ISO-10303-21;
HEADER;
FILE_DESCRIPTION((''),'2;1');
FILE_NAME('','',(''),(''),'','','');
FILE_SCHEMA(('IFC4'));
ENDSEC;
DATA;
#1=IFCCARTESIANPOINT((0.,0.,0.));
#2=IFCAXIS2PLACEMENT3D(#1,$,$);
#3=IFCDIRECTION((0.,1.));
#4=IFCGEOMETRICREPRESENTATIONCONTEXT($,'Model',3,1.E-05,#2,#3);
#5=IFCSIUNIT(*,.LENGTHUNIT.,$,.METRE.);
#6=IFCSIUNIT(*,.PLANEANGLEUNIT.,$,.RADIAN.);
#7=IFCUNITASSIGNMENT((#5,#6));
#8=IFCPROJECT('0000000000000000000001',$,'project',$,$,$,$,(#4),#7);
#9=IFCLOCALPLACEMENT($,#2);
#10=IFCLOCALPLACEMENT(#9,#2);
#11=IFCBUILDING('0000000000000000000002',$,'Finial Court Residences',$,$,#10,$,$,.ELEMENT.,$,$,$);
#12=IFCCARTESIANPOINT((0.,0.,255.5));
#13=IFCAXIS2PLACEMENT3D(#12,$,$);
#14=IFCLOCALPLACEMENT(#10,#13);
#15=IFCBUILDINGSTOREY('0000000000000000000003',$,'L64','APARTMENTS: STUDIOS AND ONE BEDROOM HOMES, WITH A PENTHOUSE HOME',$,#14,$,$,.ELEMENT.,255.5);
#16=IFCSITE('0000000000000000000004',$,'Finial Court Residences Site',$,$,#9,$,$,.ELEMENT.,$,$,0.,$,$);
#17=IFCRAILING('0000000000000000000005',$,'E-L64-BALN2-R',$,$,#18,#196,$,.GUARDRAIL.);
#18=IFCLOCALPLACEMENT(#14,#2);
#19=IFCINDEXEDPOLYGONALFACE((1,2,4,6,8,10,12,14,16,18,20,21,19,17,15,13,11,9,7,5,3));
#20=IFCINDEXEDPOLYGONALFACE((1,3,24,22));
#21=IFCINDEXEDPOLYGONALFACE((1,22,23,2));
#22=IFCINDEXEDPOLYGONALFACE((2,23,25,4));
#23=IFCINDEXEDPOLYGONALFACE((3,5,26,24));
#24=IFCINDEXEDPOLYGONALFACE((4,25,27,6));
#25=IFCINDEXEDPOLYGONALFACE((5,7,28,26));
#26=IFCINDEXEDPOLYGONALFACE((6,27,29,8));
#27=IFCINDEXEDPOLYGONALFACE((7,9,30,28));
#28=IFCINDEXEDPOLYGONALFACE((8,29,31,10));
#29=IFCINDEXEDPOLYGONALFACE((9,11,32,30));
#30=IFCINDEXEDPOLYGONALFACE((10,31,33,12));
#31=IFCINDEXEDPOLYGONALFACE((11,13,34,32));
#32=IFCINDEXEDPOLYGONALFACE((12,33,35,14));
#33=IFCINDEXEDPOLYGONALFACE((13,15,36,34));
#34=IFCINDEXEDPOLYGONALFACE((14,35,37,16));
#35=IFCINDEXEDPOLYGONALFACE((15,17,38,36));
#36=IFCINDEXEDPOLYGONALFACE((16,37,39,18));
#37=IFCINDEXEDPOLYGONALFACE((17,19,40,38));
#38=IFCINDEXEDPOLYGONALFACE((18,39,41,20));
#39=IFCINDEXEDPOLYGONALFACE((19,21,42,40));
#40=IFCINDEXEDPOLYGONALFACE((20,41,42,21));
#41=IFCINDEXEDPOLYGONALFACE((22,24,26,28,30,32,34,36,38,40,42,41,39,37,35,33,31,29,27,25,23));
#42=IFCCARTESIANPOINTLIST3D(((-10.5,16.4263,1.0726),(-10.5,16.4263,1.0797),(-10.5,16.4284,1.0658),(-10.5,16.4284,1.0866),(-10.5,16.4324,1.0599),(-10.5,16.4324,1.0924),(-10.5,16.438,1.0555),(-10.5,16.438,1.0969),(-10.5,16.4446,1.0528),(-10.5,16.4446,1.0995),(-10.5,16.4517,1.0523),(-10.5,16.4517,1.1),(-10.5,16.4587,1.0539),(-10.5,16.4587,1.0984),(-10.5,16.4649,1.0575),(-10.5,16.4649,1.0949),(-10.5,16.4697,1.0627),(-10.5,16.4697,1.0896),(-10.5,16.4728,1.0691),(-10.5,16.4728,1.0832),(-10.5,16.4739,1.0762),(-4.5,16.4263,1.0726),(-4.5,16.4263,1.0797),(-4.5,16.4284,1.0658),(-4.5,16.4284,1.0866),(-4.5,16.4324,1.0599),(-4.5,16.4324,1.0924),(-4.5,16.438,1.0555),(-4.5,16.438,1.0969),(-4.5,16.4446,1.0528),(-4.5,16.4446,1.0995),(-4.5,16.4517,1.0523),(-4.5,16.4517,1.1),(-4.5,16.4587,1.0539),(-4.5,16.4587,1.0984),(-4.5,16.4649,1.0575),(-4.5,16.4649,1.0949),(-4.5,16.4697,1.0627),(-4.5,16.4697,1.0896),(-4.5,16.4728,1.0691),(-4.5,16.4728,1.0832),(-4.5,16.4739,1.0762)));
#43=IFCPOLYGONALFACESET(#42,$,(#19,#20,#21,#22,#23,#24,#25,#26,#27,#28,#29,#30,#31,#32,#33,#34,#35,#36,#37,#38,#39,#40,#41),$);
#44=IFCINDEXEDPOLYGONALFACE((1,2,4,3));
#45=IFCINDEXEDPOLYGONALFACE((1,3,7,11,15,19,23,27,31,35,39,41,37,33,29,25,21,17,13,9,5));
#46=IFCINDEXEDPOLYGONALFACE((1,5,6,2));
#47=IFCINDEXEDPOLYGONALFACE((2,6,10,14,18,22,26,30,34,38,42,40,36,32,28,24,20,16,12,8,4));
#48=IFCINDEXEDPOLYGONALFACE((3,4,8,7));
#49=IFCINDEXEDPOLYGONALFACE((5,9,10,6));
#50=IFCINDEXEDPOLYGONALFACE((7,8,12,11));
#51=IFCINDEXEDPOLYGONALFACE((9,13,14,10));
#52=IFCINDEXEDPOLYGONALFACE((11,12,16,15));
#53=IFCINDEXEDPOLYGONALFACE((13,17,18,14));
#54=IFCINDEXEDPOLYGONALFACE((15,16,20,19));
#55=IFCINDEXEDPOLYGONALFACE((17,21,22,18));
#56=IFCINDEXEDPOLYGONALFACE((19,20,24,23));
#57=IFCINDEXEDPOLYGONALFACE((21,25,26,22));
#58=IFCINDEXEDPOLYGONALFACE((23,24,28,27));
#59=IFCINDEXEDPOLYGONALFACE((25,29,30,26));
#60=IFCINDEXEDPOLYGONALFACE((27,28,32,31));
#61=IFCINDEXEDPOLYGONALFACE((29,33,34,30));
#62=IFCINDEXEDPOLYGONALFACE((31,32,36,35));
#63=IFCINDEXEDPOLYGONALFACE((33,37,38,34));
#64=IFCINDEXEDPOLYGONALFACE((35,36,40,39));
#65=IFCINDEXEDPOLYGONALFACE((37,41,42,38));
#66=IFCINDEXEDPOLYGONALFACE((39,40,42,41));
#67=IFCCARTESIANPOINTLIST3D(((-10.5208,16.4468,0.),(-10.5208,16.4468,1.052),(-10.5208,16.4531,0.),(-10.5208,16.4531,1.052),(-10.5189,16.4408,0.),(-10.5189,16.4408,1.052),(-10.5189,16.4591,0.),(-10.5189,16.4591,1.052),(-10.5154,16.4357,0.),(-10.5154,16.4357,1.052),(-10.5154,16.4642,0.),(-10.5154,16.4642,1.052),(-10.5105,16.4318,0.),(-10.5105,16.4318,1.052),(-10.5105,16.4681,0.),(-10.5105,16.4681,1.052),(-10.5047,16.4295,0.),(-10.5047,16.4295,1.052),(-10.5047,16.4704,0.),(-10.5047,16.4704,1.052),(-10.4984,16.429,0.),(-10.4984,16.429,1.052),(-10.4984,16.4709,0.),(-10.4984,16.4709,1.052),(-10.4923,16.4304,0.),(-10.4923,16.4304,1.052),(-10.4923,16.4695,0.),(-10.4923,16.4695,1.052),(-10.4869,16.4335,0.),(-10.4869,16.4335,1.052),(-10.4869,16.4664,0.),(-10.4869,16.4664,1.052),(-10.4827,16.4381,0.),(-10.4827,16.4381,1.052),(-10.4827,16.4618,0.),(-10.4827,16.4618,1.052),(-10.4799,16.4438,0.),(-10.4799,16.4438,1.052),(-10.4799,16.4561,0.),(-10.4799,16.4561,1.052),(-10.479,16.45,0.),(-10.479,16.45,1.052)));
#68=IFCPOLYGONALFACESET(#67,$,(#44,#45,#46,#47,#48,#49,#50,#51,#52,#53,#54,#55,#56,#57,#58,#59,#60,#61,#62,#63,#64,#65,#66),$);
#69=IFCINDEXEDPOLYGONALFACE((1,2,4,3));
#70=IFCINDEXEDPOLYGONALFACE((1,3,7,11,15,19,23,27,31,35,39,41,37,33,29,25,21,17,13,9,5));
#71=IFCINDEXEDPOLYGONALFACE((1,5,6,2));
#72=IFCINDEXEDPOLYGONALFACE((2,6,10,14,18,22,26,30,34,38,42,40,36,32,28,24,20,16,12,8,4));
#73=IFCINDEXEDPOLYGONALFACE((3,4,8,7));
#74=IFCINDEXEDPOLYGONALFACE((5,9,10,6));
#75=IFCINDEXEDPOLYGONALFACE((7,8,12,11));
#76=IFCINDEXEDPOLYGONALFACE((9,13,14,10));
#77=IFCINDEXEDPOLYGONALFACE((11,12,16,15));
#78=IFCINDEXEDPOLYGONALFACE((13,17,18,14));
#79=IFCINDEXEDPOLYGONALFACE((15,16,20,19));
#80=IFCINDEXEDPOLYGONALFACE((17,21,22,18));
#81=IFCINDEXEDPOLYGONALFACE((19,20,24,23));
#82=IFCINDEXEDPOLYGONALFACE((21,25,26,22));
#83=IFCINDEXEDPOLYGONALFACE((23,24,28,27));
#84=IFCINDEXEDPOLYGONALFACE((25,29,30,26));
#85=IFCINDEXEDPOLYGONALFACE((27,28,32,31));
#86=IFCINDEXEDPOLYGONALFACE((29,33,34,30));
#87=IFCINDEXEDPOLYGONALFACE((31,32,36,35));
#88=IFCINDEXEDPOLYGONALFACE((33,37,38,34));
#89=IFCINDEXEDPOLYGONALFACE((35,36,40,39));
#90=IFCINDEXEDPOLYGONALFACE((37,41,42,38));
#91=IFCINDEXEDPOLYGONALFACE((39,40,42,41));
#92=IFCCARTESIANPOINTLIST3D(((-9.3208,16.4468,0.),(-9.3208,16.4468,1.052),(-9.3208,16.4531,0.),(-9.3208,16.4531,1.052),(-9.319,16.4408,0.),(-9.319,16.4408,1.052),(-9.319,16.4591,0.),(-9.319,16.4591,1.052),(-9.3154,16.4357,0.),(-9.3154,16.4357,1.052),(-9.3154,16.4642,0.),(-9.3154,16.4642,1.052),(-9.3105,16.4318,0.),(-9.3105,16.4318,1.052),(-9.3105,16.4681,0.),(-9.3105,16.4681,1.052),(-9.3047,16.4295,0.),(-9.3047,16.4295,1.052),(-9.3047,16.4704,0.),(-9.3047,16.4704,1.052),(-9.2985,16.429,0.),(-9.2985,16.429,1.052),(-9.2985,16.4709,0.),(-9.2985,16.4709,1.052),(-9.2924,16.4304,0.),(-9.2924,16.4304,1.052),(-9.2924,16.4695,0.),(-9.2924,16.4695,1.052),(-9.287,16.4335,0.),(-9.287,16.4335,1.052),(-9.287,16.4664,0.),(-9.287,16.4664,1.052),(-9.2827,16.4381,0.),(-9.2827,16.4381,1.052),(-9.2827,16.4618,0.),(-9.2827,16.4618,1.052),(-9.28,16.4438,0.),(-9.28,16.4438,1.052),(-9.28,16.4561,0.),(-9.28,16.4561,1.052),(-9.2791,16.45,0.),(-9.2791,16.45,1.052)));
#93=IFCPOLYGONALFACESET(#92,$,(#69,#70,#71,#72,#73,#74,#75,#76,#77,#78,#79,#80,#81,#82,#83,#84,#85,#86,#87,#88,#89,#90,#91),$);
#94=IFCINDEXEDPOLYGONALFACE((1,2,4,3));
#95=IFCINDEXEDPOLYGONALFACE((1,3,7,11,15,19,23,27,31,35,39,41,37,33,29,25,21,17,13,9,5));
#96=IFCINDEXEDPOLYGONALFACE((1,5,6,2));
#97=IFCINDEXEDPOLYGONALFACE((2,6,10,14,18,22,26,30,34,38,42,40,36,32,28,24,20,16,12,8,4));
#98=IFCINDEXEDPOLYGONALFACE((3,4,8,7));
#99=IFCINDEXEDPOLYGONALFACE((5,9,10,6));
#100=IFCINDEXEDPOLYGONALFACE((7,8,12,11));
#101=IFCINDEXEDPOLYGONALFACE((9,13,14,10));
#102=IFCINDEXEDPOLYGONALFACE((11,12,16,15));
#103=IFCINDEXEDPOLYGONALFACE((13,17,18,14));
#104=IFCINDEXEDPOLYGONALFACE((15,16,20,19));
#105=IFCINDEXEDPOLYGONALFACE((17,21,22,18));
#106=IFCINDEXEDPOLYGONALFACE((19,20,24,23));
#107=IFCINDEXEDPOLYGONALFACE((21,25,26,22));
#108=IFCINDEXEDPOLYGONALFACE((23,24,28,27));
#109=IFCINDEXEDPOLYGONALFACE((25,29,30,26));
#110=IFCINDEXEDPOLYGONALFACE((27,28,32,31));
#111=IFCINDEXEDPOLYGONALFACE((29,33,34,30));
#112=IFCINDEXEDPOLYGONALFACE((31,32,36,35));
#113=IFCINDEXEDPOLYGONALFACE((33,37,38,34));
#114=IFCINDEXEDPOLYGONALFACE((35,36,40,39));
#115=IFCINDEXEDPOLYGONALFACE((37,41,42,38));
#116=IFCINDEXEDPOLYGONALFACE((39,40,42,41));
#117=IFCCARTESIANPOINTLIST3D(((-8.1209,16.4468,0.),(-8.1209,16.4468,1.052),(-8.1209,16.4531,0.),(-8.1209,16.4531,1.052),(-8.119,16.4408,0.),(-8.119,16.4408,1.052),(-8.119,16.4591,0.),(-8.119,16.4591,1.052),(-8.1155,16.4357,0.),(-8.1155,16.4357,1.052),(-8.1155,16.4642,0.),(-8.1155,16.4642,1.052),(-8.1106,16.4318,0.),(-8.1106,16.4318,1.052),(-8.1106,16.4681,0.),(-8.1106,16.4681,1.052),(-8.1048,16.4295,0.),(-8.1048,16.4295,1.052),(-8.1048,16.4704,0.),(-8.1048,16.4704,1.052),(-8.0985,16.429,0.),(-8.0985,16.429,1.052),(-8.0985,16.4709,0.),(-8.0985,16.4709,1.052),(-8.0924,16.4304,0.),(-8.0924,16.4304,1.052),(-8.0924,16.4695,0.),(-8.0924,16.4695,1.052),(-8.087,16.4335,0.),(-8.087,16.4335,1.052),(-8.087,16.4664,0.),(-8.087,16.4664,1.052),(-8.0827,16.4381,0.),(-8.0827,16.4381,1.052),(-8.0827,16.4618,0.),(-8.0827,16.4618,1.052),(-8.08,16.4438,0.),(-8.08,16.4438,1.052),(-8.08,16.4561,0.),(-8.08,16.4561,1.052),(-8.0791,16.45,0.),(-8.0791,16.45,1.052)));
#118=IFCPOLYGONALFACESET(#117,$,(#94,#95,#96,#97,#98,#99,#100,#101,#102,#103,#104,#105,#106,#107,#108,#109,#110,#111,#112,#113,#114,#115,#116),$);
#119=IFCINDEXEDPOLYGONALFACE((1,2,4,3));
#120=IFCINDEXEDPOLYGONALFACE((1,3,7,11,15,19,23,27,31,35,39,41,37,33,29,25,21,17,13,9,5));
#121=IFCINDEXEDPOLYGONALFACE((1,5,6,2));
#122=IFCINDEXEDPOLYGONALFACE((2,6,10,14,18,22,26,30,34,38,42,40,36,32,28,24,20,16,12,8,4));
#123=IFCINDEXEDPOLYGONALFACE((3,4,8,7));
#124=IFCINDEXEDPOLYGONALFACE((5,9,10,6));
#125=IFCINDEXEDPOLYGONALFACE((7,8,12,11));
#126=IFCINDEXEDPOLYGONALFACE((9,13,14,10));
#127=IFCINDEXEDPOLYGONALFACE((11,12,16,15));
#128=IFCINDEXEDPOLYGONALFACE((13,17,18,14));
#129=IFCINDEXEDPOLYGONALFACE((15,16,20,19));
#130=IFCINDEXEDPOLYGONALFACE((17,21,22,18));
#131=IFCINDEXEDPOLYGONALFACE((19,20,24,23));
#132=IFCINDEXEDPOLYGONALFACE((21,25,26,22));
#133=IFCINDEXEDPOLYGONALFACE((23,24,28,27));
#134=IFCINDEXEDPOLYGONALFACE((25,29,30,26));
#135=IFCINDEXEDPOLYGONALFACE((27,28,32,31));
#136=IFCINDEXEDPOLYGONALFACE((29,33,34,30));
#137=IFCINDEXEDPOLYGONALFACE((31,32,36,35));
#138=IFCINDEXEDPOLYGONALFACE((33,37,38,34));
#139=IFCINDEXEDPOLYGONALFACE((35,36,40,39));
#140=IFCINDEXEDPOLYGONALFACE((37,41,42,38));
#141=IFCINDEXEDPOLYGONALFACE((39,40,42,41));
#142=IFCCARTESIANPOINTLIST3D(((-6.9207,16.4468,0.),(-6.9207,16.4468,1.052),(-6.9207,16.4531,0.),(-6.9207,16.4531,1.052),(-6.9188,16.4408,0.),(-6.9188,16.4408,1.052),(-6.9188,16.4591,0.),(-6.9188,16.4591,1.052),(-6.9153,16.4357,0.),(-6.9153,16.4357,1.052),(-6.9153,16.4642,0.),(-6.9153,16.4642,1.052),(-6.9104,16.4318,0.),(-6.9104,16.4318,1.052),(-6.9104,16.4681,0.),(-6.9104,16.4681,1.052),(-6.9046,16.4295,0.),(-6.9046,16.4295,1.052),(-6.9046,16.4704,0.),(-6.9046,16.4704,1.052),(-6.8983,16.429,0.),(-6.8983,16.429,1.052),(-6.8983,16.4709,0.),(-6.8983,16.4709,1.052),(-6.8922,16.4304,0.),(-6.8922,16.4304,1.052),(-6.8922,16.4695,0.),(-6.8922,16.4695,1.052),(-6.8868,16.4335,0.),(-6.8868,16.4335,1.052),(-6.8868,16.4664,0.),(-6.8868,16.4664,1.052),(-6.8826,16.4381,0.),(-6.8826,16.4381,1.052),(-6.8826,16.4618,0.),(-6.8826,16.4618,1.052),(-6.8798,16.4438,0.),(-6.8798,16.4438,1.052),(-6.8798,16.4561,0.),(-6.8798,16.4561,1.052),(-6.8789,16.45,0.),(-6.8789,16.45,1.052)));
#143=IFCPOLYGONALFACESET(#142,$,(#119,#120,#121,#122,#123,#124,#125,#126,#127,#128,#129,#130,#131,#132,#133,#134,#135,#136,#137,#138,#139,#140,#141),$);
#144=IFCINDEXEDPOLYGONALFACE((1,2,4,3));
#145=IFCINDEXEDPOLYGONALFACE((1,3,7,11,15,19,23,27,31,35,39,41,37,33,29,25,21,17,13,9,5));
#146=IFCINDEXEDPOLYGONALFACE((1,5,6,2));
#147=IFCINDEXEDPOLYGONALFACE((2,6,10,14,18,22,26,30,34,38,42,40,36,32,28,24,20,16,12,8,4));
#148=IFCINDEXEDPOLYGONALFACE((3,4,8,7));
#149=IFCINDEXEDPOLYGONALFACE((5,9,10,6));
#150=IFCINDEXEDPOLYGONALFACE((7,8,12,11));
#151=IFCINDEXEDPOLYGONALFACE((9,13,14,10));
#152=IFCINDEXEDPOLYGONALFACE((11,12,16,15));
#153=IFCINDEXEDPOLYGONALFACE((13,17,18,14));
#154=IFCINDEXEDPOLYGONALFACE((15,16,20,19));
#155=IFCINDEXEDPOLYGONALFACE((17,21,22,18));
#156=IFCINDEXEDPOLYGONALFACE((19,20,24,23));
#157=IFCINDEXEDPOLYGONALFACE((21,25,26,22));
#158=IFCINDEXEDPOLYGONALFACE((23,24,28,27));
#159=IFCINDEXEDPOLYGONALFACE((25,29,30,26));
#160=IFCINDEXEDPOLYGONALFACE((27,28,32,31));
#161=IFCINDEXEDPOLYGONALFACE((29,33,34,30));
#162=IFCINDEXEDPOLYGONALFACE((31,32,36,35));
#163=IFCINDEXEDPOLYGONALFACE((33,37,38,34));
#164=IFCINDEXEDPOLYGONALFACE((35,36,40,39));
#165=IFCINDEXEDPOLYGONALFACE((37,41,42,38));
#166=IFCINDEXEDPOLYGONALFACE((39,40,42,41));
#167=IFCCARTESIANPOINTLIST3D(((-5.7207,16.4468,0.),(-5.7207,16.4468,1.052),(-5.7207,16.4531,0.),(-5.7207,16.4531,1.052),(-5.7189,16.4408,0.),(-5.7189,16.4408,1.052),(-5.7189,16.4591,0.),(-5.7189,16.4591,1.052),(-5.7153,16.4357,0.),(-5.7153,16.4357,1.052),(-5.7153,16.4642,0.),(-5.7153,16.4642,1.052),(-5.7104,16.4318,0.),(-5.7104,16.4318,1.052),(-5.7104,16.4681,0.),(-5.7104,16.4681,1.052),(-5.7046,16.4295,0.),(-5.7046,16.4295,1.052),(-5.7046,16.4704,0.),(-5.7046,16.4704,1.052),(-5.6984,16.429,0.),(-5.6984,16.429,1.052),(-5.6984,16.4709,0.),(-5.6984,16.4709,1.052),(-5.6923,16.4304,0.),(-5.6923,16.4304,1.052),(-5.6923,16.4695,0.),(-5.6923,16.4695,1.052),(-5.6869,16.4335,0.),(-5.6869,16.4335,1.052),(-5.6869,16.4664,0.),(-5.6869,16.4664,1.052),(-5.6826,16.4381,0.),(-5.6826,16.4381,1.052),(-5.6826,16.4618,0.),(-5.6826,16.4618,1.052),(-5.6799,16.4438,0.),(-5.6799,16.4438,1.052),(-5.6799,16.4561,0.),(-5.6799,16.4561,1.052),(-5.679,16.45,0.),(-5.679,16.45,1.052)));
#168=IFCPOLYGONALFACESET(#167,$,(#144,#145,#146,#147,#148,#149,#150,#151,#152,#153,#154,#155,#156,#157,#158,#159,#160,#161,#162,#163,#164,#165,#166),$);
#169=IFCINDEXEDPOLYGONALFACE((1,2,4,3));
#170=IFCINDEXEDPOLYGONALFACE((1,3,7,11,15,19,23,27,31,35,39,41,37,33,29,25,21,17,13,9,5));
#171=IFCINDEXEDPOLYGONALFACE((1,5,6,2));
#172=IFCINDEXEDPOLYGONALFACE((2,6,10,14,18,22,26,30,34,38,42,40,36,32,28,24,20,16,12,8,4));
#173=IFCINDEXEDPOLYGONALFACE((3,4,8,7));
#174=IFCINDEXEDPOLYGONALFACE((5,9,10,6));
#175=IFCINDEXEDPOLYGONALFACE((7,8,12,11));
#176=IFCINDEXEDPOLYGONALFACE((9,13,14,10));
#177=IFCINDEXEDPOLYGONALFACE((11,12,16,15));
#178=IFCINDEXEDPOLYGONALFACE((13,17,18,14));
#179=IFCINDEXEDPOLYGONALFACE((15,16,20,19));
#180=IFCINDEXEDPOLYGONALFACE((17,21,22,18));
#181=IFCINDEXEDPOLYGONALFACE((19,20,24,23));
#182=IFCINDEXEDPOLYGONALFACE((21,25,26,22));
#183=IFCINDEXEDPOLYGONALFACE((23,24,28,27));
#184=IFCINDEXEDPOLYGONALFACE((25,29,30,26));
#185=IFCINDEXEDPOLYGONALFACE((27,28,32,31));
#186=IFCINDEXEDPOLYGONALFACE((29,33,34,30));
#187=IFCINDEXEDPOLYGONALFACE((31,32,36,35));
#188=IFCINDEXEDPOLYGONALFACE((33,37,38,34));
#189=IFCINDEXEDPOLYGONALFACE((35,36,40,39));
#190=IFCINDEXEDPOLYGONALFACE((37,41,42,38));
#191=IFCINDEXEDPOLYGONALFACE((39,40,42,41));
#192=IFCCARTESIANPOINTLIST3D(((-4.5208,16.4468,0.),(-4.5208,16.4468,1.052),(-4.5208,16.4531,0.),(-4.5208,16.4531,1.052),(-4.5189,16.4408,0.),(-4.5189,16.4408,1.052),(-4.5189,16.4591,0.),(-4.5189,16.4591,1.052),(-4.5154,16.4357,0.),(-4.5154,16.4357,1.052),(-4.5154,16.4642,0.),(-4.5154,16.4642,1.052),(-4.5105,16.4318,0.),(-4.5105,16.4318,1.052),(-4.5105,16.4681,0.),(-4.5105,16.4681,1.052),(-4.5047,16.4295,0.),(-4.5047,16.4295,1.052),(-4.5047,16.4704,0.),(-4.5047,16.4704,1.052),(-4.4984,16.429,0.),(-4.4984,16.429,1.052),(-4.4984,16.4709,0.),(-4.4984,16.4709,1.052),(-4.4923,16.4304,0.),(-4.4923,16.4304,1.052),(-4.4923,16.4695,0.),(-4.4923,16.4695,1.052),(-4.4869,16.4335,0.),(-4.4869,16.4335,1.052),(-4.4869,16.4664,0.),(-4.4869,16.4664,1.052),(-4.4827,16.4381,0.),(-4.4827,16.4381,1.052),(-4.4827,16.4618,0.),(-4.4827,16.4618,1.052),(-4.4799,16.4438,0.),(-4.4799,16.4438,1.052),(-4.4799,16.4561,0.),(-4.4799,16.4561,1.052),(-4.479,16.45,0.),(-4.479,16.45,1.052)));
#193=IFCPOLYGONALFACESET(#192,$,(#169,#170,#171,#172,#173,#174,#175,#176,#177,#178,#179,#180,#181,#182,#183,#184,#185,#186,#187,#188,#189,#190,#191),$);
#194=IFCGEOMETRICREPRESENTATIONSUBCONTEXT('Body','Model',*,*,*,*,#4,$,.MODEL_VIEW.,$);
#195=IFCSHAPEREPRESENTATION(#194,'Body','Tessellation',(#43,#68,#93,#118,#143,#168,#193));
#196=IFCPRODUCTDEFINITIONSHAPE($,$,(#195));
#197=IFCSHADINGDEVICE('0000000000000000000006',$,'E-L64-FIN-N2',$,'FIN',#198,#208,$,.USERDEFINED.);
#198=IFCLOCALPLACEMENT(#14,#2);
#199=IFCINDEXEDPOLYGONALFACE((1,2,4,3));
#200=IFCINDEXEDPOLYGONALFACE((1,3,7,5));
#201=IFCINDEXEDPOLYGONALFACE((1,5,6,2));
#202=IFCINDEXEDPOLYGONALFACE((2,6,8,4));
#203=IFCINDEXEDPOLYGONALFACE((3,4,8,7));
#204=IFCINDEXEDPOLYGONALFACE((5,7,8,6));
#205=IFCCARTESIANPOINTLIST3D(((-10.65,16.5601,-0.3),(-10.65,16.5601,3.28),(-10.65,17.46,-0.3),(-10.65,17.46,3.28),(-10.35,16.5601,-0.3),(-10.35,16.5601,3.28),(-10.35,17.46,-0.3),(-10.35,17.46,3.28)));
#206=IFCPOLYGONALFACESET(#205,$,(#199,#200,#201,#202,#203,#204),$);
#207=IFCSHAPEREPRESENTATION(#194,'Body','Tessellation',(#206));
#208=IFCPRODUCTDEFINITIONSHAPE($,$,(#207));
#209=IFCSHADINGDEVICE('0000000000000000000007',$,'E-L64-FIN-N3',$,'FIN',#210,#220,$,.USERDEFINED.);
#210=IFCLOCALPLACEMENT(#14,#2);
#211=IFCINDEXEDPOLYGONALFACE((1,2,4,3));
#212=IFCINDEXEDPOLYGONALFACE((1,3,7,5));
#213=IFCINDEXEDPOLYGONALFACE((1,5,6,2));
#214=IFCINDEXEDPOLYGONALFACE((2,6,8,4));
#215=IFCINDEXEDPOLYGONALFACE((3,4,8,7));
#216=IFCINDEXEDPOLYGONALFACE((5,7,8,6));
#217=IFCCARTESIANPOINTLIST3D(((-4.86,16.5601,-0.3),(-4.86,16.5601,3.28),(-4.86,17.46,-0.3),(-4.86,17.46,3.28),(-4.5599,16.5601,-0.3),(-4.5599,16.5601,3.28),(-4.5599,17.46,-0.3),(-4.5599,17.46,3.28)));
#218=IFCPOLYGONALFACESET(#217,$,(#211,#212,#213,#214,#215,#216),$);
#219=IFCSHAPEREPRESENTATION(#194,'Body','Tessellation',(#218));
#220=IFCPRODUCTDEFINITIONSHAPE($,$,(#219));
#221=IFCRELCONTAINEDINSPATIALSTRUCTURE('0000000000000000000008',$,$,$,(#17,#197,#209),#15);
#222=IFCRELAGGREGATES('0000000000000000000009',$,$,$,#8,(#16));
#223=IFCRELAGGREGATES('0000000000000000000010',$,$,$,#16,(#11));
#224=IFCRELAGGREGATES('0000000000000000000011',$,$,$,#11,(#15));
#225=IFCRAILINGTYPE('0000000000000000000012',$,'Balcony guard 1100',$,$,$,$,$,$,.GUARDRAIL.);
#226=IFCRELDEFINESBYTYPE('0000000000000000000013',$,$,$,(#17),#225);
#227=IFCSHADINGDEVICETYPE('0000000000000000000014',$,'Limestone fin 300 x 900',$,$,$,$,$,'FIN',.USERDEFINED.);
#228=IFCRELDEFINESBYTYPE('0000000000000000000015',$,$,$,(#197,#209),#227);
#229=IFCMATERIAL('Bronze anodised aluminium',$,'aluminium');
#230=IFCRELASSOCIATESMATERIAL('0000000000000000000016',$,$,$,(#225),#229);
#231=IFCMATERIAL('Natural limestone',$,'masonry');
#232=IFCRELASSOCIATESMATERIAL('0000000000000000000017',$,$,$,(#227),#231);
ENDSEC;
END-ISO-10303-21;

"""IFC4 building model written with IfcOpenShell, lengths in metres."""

from ifc_helpers import new_model, si_unit, direction, frame, origin, origin_2d, place, context, subcontext, project, spatial, rectangle, circle, extrude, material, type_object, element, save


model = new_model("IFC4")

# Units and contexts
model_context = context("Model", 3, precision=1e-05, world=origin(), true_north=direction((0.0, 1.0)))
body_context = subcontext(model_context, "Body", "Model", "MODEL_VIEW")
ifc_project = project(units=[si_unit("LENGTHUNIT", "METRE"), si_unit("PLANEANGLEUNIT", "RADIAN")], contexts=[model_context])

# Site, building, storey
site_placement = place(None, origin())
site = spatial("IfcSite", under=ifc_project, at=site_placement, Name="Finial Court Residences Site", CompositionType="ELEMENT", RefElevation=0.0)
building_placement = place(site_placement, origin())
building = spatial("IfcBuilding", under=site, at=building_placement, Name="Finial Court Residences", CompositionType="ELEMENT")
storey_placement = place(building_placement, frame((0.0, 0.0, 255.5)))
storey = spatial("IfcBuildingStorey", under=building, at=storey_placement, Name="L64", Description="APARTMENTS: STUDIOS AND ONE BEDROOM HOMES, WITH A PENTHOUSE HOME", CompositionType="ELEMENT", Elevation=255.5)

# Shared definitions
ifc_material_1 = material(Name="Bronze anodised aluminium", Category="aluminium")

# Shared definitions
ifc_material_2 = material(Name="Natural limestone", Category="masonry")

# Railing
railing_type = type_object("IfcRailingType", Name="Balcony guard 1100", PredefinedType="GUARDRAIL", material=ifc_material_1)
railing_placement = place(storey_placement, frame((-10.5, 16.45, 0.0)))
element("IfcRailing", 1, at=railing_placement, inside=storey, type_object=railing_type, Name="E-L64-BALN2-R", PredefinedType="GUARDRAIL", context=body_context, shape_type="SweptSolid", body=[
    extrude(circle(Radius=0.0239, at=origin_2d()), frame((0.0, 0.0, 1.0762), z_axis=(1.0, 0.0, 0.0), x_axis=(0.0, 1.0, 0.0)), (0.0, 0.0, 1.0), 6.0),
    extrude(circle(Radius=0.021, at=origin_2d()), origin(), (0.0, 0.0, 1.0), 1.052),
    extrude(circle(Radius=0.021, at=origin_2d()), frame((1.2, 0.0, 0.0)), (0.0, 0.0, 1.0), 1.052),
    extrude(circle(Radius=0.021, at=origin_2d()), frame((2.3999, 0.0, 0.0)), (0.0, 0.0, 1.0), 1.052),
    extrude(circle(Radius=0.021, at=origin_2d()), frame((3.6001, 0.0, 0.0)), (0.0, 0.0, 1.0), 1.052),
    extrude(circle(Radius=0.021, at=origin_2d()), frame((4.8, 0.0, 0.0)), (0.0, 0.0, 1.0), 1.052),
    extrude(circle(Radius=0.021, at=origin_2d()), frame((6.0, 0.0, 0.0)), (0.0, 0.0, 1.0), 1.052),
])

# Shading devices
shading_device_type = type_object("IfcShadingDeviceType", Name="Limestone fin 300 x 900", ElementType="FIN", PredefinedType="USERDEFINED", material=ifc_material_2)
for number, where, z_axis, x_axis, name in (
    (2, (-10.5, 17.01, -0.3), (0.0, 0.0, 1.0), (1.0, 0.0, 0.0), "E-L64-FIN-N2"),
    (3, (-4.71, 17.01, -0.3), (0.0, 0.0, 1.0), (1.0, 0.0, 0.0), "E-L64-FIN-N3"),
):
    element("IfcShadingDevice", number, at=place(storey_placement, frame(where, z_axis=z_axis, x_axis=x_axis)), inside=storey, type_object=shading_device_type, Name=name, ObjectType="FIN", PredefinedType="USERDEFINED", context=body_context, shape_type="SweptSolid", body=[
        extrude(rectangle(XDim=0.3, YDim=0.8999, at=origin_2d()), origin(), (0.0, 0.0, 1.0), 3.5801),
    ])

save(model, "model.ifc")
